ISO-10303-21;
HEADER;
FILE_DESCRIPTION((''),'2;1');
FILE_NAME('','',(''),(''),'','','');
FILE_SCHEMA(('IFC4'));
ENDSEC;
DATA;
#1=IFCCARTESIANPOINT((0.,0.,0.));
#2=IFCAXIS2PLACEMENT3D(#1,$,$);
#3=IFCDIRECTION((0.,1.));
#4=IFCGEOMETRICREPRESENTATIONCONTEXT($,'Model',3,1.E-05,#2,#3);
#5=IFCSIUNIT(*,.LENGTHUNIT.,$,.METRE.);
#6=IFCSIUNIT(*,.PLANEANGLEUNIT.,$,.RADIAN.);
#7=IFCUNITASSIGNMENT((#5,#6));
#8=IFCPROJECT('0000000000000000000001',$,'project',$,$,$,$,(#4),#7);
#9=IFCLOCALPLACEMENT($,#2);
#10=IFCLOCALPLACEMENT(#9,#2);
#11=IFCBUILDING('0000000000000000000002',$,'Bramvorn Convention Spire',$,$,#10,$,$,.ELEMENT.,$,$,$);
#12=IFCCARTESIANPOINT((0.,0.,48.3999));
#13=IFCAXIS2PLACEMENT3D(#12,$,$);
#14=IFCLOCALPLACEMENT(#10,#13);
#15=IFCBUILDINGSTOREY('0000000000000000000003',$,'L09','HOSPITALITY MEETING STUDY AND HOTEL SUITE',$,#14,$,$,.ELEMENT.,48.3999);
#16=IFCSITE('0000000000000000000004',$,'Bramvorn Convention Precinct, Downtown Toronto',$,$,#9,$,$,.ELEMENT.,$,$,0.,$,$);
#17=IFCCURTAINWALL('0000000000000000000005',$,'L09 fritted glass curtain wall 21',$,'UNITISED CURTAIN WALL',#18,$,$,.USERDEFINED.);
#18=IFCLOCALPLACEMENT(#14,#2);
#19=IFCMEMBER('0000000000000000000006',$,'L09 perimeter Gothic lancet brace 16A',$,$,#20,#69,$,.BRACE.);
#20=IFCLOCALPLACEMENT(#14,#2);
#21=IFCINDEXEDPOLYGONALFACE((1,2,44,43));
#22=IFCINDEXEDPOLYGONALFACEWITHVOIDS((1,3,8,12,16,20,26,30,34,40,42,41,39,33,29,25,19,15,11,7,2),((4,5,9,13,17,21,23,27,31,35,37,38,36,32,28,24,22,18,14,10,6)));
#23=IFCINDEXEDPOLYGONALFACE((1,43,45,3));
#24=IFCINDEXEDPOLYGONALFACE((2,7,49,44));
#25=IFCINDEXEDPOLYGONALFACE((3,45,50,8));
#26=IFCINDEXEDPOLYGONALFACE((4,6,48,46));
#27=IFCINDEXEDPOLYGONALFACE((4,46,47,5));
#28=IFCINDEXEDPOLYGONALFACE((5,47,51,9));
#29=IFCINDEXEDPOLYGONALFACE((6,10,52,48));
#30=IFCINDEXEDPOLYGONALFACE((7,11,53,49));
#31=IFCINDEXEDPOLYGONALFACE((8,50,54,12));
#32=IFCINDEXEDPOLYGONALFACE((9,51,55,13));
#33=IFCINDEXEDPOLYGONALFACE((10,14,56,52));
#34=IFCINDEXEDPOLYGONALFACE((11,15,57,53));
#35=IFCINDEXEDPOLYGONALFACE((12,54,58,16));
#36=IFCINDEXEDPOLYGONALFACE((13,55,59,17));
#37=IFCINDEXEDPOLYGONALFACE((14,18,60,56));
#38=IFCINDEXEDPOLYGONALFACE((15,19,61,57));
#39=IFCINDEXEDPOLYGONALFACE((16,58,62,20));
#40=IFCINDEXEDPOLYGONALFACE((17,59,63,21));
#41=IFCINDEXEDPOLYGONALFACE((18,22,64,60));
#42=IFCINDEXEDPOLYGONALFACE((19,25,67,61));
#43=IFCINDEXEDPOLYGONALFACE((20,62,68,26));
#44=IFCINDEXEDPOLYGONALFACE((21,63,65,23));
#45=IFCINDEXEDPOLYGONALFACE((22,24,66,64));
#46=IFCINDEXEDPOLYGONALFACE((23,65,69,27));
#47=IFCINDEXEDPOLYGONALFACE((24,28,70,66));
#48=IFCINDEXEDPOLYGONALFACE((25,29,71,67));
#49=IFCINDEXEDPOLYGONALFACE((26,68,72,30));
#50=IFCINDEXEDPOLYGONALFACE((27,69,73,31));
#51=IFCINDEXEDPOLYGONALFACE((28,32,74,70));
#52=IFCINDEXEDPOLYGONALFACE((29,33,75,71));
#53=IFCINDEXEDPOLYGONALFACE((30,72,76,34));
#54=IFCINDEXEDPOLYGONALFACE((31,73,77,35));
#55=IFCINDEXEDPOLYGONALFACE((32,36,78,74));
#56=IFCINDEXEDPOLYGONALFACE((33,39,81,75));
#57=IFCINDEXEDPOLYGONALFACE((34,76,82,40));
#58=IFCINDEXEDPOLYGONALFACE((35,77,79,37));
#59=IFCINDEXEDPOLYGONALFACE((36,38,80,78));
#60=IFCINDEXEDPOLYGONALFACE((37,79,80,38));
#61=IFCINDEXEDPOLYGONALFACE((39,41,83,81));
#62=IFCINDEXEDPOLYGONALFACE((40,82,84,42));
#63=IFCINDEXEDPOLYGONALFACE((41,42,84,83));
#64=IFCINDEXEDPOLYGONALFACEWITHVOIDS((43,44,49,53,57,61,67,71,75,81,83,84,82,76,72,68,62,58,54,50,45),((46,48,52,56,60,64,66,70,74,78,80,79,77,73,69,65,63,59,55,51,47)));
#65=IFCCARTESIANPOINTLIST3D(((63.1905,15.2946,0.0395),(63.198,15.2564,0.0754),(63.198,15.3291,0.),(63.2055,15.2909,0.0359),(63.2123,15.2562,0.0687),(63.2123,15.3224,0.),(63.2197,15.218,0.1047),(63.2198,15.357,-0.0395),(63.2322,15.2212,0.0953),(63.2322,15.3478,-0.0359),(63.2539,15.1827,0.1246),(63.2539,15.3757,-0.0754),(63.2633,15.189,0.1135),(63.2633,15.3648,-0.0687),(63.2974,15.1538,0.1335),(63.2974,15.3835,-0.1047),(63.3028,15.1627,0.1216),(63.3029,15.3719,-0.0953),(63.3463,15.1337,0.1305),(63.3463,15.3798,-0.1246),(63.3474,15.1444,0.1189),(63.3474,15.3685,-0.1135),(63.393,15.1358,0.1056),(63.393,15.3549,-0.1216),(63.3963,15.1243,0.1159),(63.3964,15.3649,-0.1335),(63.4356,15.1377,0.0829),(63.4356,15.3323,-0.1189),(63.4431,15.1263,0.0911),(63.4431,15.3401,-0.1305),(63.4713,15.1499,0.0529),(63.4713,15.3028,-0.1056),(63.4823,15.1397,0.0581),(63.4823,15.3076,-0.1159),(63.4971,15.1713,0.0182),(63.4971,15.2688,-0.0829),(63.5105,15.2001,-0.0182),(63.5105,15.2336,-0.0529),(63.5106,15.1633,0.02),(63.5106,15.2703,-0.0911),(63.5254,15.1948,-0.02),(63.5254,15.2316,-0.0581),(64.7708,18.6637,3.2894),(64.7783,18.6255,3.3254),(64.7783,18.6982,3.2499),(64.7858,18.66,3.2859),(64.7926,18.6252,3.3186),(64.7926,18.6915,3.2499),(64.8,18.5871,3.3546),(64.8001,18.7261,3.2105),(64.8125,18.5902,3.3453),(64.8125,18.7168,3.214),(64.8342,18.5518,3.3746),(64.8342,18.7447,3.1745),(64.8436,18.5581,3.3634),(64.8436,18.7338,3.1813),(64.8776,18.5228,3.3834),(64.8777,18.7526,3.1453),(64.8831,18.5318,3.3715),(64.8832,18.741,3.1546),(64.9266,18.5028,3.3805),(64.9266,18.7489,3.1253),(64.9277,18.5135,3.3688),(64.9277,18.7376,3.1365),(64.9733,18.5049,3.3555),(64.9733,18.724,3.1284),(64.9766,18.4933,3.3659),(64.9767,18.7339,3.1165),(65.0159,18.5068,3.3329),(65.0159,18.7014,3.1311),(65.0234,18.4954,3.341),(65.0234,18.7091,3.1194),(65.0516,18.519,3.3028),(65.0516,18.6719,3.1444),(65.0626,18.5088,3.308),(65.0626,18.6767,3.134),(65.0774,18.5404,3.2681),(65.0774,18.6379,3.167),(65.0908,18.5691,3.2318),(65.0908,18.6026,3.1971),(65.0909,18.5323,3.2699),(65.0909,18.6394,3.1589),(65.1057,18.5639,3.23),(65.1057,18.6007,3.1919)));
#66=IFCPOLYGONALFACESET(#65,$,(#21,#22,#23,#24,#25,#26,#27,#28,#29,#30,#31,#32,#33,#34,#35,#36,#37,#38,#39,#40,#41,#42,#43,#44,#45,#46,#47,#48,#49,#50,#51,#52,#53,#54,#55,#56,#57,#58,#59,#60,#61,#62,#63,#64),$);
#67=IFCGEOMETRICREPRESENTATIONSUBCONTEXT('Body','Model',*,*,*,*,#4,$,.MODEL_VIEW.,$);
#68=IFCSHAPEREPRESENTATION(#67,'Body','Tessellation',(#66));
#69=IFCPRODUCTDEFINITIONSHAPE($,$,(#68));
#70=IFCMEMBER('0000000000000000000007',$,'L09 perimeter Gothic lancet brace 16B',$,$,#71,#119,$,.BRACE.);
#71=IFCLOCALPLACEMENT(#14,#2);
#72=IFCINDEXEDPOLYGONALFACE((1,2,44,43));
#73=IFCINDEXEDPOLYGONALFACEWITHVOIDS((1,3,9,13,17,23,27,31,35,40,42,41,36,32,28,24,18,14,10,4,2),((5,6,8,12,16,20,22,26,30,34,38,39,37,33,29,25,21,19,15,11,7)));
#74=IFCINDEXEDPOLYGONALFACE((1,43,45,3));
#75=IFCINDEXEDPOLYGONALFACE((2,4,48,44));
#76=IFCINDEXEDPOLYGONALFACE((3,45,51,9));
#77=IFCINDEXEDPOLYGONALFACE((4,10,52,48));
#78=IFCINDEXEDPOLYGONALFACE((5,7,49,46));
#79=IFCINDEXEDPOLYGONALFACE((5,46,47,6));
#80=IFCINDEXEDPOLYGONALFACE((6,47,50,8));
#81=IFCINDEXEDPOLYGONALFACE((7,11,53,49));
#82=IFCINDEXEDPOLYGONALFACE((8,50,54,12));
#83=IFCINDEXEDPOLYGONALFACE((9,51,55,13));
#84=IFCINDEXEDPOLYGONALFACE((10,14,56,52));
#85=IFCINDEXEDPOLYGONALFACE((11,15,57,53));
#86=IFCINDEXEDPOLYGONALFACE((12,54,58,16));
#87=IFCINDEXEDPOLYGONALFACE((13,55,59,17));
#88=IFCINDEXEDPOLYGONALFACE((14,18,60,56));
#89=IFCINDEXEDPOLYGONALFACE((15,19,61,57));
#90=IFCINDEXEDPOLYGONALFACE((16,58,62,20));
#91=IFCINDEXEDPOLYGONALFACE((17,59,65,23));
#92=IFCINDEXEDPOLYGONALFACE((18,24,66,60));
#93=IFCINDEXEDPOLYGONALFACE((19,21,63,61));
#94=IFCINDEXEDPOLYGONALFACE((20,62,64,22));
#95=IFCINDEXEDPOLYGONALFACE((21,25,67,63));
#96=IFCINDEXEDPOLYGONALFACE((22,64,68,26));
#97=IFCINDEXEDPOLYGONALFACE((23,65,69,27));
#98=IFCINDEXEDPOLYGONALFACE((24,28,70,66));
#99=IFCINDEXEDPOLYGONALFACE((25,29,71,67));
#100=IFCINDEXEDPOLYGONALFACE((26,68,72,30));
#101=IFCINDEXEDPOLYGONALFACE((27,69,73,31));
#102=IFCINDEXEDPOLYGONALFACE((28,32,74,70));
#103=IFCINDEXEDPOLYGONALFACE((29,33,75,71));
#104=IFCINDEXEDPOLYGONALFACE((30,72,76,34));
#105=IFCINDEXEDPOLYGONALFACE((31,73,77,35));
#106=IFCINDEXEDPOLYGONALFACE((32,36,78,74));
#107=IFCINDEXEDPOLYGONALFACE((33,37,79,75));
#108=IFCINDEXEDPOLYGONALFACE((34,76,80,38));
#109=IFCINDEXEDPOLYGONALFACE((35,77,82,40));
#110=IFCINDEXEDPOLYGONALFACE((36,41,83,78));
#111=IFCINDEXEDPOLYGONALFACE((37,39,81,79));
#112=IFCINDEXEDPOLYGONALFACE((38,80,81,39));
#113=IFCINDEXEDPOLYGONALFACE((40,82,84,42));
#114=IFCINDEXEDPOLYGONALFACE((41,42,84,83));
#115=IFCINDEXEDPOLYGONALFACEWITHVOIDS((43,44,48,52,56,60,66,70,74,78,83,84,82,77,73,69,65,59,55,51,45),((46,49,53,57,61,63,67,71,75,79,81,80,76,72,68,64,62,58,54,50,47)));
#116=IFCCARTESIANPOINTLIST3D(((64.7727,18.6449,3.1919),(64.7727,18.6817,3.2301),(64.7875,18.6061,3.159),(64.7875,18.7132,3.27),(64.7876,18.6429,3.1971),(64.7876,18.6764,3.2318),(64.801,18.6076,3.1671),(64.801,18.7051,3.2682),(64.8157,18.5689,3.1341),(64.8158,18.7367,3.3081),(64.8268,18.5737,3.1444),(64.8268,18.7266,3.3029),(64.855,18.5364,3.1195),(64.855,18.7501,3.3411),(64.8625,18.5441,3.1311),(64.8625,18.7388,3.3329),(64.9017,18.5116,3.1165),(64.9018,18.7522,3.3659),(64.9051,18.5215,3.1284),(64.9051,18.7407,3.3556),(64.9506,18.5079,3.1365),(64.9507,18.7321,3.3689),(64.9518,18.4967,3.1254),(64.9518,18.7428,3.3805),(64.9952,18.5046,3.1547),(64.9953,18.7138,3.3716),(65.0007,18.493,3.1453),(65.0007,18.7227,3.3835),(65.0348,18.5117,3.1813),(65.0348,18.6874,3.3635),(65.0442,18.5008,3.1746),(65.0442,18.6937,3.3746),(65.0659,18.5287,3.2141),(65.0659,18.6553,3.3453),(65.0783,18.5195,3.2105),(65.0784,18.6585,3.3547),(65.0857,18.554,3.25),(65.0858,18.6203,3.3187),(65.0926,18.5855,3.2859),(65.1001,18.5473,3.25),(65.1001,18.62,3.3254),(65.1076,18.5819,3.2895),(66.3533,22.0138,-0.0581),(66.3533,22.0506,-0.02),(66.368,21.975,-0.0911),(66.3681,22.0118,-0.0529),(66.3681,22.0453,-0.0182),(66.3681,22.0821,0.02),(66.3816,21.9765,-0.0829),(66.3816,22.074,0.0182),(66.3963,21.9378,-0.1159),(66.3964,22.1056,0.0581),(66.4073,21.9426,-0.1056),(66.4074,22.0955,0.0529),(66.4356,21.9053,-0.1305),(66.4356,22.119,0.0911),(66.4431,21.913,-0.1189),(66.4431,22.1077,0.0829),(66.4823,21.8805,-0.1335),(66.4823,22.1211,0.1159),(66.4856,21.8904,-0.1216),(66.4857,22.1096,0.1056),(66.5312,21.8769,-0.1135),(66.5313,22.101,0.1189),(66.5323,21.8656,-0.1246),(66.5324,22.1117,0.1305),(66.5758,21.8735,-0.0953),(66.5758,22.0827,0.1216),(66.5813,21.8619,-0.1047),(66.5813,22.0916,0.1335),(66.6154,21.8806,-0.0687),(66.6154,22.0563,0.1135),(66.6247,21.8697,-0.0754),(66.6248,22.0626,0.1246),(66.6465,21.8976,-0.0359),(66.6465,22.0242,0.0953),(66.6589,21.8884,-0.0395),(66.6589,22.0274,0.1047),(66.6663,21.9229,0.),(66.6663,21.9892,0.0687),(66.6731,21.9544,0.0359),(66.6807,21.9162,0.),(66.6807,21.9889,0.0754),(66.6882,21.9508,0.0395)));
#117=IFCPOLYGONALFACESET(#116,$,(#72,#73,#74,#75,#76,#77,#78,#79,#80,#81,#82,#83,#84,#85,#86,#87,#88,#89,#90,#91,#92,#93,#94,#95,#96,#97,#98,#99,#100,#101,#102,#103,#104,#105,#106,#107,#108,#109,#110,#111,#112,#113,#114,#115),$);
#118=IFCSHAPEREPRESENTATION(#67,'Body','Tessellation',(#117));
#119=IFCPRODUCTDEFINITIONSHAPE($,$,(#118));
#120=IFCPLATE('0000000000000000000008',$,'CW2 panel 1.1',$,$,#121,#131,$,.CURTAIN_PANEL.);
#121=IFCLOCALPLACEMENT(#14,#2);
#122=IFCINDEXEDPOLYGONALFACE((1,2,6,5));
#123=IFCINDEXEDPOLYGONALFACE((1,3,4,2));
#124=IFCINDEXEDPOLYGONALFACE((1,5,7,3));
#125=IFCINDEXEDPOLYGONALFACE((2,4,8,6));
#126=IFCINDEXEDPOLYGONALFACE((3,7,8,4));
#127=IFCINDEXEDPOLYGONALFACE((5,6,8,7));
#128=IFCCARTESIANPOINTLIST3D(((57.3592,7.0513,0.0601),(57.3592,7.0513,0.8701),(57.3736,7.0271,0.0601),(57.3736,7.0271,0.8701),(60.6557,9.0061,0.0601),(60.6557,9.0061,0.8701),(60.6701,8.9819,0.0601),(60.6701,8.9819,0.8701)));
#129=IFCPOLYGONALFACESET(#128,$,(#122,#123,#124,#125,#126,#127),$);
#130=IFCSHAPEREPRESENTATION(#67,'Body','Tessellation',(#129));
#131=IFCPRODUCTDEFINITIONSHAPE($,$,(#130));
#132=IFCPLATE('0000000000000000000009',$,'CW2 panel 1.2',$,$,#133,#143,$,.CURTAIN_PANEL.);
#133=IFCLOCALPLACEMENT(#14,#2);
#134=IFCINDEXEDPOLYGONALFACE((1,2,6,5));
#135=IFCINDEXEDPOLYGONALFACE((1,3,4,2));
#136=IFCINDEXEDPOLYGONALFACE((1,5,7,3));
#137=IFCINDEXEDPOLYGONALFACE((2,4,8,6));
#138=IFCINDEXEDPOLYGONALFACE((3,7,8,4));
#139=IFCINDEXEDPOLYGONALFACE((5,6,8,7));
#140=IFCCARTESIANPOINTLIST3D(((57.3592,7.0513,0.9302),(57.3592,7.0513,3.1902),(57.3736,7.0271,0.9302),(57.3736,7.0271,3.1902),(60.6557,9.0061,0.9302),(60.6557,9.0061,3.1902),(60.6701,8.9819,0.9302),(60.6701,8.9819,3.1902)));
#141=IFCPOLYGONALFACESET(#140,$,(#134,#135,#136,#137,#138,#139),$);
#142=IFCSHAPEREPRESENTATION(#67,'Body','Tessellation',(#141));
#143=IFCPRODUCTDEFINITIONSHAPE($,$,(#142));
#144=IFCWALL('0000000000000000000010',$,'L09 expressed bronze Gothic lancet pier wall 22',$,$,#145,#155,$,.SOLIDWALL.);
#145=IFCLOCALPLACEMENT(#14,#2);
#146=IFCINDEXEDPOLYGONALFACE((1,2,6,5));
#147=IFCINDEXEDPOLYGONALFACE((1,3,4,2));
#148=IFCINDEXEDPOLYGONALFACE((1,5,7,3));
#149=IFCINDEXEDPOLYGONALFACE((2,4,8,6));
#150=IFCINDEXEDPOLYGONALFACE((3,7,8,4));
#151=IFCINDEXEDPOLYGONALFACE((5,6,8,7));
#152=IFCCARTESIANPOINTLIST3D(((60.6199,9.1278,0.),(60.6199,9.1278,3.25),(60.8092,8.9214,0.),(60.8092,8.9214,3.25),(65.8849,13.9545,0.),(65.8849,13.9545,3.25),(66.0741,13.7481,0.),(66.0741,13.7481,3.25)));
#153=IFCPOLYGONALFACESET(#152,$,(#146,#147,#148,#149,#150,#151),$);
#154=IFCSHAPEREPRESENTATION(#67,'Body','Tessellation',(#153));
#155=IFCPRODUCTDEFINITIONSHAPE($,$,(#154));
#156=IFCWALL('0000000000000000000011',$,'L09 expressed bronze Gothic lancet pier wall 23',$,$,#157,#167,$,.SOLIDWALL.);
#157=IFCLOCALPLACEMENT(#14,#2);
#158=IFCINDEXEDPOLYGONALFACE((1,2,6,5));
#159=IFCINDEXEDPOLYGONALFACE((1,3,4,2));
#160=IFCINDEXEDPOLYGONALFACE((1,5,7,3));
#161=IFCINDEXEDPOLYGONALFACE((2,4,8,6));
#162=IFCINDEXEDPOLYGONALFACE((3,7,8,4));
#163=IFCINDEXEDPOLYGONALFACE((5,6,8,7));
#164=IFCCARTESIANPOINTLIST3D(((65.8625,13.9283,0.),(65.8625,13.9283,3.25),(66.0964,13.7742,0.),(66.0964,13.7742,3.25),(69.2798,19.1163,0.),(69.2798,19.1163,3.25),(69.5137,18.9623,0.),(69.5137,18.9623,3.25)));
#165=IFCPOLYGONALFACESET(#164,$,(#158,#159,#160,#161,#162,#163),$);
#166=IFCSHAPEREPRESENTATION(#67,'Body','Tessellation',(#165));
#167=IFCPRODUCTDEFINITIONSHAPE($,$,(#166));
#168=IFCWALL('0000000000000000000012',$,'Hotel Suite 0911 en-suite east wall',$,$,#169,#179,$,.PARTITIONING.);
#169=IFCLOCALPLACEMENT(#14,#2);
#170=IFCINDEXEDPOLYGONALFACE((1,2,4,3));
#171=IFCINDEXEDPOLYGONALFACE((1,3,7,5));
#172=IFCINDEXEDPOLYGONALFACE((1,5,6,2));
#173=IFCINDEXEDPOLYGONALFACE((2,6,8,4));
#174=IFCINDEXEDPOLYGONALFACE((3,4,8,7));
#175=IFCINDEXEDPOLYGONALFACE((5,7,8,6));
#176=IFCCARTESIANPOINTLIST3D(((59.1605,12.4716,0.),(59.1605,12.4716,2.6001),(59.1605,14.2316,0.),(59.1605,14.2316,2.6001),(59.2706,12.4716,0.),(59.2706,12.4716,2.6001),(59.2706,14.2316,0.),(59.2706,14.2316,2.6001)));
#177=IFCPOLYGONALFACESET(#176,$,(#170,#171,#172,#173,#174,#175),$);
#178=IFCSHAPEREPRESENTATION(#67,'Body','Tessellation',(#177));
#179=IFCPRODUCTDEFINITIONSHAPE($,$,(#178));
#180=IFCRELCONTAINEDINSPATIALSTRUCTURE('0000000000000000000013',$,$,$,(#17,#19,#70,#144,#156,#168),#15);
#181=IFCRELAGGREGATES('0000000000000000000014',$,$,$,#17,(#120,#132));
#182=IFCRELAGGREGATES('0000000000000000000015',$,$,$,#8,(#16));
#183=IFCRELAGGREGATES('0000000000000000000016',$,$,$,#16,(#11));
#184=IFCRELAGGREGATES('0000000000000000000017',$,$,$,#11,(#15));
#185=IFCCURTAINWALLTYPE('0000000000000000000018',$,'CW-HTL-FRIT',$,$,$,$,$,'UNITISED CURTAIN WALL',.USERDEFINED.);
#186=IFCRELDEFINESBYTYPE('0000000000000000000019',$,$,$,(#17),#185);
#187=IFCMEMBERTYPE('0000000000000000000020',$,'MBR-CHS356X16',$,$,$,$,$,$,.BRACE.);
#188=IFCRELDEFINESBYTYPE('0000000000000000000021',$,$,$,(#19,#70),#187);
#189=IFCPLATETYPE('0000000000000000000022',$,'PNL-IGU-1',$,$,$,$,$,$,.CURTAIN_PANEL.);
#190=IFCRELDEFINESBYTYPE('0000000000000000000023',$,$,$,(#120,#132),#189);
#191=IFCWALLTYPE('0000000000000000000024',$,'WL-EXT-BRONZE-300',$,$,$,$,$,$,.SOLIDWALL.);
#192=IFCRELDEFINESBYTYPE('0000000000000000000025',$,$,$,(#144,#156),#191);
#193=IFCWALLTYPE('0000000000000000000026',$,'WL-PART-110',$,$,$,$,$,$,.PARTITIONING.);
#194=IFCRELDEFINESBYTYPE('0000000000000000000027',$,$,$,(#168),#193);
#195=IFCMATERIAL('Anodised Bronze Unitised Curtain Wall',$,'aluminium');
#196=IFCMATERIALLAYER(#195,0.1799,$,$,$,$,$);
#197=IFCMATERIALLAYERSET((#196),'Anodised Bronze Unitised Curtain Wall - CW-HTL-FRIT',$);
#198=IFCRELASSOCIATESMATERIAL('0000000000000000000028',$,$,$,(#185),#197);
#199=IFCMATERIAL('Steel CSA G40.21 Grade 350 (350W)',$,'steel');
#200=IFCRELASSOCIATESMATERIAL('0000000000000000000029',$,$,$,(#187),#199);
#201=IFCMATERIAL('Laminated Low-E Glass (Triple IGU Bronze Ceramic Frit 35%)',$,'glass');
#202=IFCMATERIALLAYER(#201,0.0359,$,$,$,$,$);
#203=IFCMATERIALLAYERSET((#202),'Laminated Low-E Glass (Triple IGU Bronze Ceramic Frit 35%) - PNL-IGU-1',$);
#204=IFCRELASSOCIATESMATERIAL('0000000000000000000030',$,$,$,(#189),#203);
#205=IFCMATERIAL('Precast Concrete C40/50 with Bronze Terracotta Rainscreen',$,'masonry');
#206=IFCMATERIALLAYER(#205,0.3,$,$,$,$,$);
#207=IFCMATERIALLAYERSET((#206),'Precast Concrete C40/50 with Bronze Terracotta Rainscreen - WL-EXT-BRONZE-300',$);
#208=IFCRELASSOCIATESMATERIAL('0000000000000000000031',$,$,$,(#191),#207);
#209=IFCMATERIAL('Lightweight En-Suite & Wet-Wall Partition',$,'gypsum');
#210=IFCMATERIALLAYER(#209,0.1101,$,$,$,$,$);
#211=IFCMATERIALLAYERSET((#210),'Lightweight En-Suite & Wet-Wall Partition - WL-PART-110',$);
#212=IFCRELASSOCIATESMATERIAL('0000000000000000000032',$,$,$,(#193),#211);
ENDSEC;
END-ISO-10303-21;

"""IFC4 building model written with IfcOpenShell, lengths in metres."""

from ifc_helpers import new_model, si_unit, direction, frame, frame_2d, origin, origin_2d, place, context, subcontext, project, spatial, rectangle, hollow_circle, extrude, material, layer, layer_set, material_profile, profile_set, type_object, element, aggregate, save


model = new_model("IFC4")

# Units and contexts
model_context = context("Model", 3, precision=1e-05, world=origin(), true_north=direction((0.0, 1.0)))
body_context = subcontext(model_context, "Body", "Model", "MODEL_VIEW")
ifc_project = project(units=[si_unit("LENGTHUNIT", "METRE"), si_unit("PLANEANGLEUNIT", "RADIAN")], contexts=[model_context])

# Site, building, storey
site_placement = place(None, origin())
site = spatial("IfcSite", under=ifc_project, at=site_placement, Name="Bramvorn Convention Precinct, Downtown Toronto", CompositionType="ELEMENT", RefElevation=0.0)
building_placement = place(site_placement, origin())
building = spatial("IfcBuilding", under=site, at=building_placement, Name="Bramvorn Convention Spire", CompositionType="ELEMENT")
storey_placement = place(building_placement, frame((0.0, 0.0, 48.3999)))
storey = spatial("IfcBuildingStorey", under=building, at=storey_placement, Name="L09", Description="HOSPITALITY MEETING STUDY AND HOTEL SUITE", CompositionType="ELEMENT", Elevation=48.3999)

# Shared definitions
ifc_material_1 = material(Name="Steel CSA G40.21 Grade 350 (350W)", Category="steel")

# Curtain wall
ifc_material_2 = material(Name="Anodised Bronze Unitised Curtain Wall", Category="aluminium")
ifc_layer_1 = layer(ifc_material_2, 0.1799)
ifc_layer_set_1 = layer_set([ifc_layer_1], Name="Anodised Bronze Unitised Curtain Wall - CW-HTL-FRIT")
curtain_wall_type = type_object("IfcCurtainWallType", Name="CW-HTL-FRIT", ElementType="UNITISED CURTAIN WALL", PredefinedType="USERDEFINED", material=ifc_layer_set_1)
curtain_wall_placement = place(storey_placement, origin())
curtain_wall = element("IfcCurtainWall", 1, at=curtain_wall_placement, inside=storey, type_object=curtain_wall_type, Name="L09 fritted glass curtain wall 21", ObjectType="UNITISED CURTAIN WALL", PredefinedType="USERDEFINED")

# Members
ifc_material_profile_1 = material_profile(ifc_material_1, hollow_circle(Radius=0.1777, WallThickness=0.0159, at=origin_2d()))
ifc_profile_set_1 = profile_set([ifc_material_profile_1], Name="Steel CSA G40.21 Grade 350 (350W) - CHS356X16")
member_type_1 = type_object("IfcMemberType", Name="MBR-CHS356X16", PredefinedType="BRACE", material=ifc_profile_set_1)
for number, where, z_axis, x_axis, name in (
    (2, (63.3589, 15.2537, 0.0), (0.319855, 0.681909, 0.657795), (-0.905352, 0.424662, 0.0), "L09 perimeter Gothic lancet brace 16A"),
    (3, (66.5198, 21.9917, 0.0), (-0.31991, -0.681871, 0.657806), (0.905315, -0.424741, 0.0), "L09 perimeter Gothic lancet brace 16B"),
):
    element("IfcMember", number, at=place(storey_placement, frame(where, z_axis=z_axis, x_axis=x_axis)), inside=storey, type_object=member_type_1, Name=name, PredefinedType="BRACE", context=body_context, shape_type="SweptSolid", body=[
        extrude(hollow_circle(Radius=0.1777, WallThickness=0.0159, at=origin_2d()), origin(), (0.0, 0.0, 1.0), 4.9407),
    ])

# Plates
ifc_material_3 = material(Name="Laminated Low-E Glass (Triple IGU Bronze Ceramic Frit 35%)", Category="glass")
ifc_layer_2 = layer(ifc_material_3, 0.0359)
ifc_layer_set_2 = layer_set([ifc_layer_2], Name="Laminated Low-E Glass (Triple IGU Bronze Ceramic Frit 35%) - PNL-IGU-1")
plate_type = type_object("IfcPlateType", Name="PNL-IGU-1", PredefinedType="CURTAIN_PANEL", material=ifc_layer_set_2)
plate_1_placement = place(storey_placement, frame((59.0146, 8.0166, 0.0601), z_axis=(0.0, 0.0, 1.0), x_axis=(-0.860143, -0.510054, 0.0)))
plate_1 = element("IfcPlate", 4, at=plate_1_placement, type_object=plate_type, Name="CW2 panel 1.1", PredefinedType="CURTAIN_PANEL", context=body_context, shape_type="SweptSolid", body=[
    extrude(rectangle(XDim=3.8325, YDim=0.0281, at=origin_2d()), origin(), (0.0, 0.0, 1.0), 0.8101),
])
plate_2_placement = place(storey_placement, frame((59.0146, 8.0166, 0.9302), z_axis=(0.0, 0.0, 1.0), x_axis=(-0.860143, -0.510054, 0.0)))
plate_2 = element("IfcPlate", 5, at=plate_2_placement, type_object=plate_type, Name="CW2 panel 1.2", PredefinedType="CURTAIN_PANEL", context=body_context, shape_type="SweptSolid", body=[
    extrude(rectangle(XDim=3.8325, YDim=0.0281, at=origin_2d()), origin(), (0.0, 0.0, 1.0), 2.26),
])
aggregate(curtain_wall, [plate_1, plate_2])

# Walls
ifc_material_4 = material(Name="Precast Concrete C40/50 with Bronze Terracotta Rainscreen", Category="masonry")
ifc_layer_3 = layer(ifc_material_4, 0.3)
ifc_layer_set_3 = layer_set([ifc_layer_3], Name="Precast Concrete C40/50 with Bronze Terracotta Rainscreen - WL-EXT-BRONZE-300")
wall_type_1 = type_object("IfcWallType", Name="WL-EXT-BRONZE-300", PredefinedType="SOLIDWALL", material=ifc_layer_set_3)
wall_1_placement = place(storey_placement, frame((65.9795, 13.8513, 0.0), z_axis=(0.0, 0.0, 1.0), x_axis=(-0.737119, -0.675763, 0.0)))
element("IfcWall", 6, at=wall_1_placement, inside=storey, type_object=wall_type_1, Name="L09 expressed bronze Gothic lancet pier wall 22", PredefinedType="SOLIDWALL", context=body_context, shape_type="SweptSolid", body=[
    extrude(rectangle(XDim=7.1426, YDim=0.28, at=frame_2d((3.5713, 0.0))), origin(), (0.0, 0.0, 1.0), 3.25),
])
wall_2_placement = place(storey_placement, frame((69.3967, 19.0393, 0.0), z_axis=(0.0, 0.0, 1.0), x_axis=(-0.550075, -0.835115, 0.0)))
element("IfcWall", 7, at=wall_2_placement, inside=storey, type_object=wall_type_1, Name="L09 expressed bronze Gothic lancet pier wall 23", PredefinedType="SOLIDWALL", context=body_context, shape_type="SweptSolid", body=[
    extrude(rectangle(XDim=6.2124, YDim=0.28, at=frame_2d((3.1062, 0.0))), origin(), (0.0, 0.0, 1.0), 3.25),
])
ifc_material_5 = material(Name="Lightweight En-Suite & Wet-Wall Partition", Category="gypsum")
ifc_layer_4 = layer(ifc_material_5, 0.1101)
ifc_layer_set_4 = layer_set([ifc_layer_4], Name="Lightweight En-Suite & Wet-Wall Partition - WL-PART-110")
wall_type_2 = type_object("IfcWallType", Name="WL-PART-110", PredefinedType="PARTITIONING", material=ifc_layer_set_4)
wall_3_placement = place(storey_placement, frame((59.2156, 12.4717, 0.0), z_axis=(0.0, 0.0, 1.0), x_axis=(0.0, 1.0, 0.0)))
element("IfcWall", 8, at=wall_3_placement, inside=storey, type_object=wall_type_2, Name="Hotel Suite 0911 en-suite east wall", PredefinedType="PARTITIONING", context=body_context, shape_type="SweptSolid", body=[
    extrude(rectangle(XDim=1.76, YDim=0.1101, at=frame_2d((0.8799, 0.0))), origin(), (0.0, 0.0, 1.0), 2.6001),
])

save(model, "model.ifc")
